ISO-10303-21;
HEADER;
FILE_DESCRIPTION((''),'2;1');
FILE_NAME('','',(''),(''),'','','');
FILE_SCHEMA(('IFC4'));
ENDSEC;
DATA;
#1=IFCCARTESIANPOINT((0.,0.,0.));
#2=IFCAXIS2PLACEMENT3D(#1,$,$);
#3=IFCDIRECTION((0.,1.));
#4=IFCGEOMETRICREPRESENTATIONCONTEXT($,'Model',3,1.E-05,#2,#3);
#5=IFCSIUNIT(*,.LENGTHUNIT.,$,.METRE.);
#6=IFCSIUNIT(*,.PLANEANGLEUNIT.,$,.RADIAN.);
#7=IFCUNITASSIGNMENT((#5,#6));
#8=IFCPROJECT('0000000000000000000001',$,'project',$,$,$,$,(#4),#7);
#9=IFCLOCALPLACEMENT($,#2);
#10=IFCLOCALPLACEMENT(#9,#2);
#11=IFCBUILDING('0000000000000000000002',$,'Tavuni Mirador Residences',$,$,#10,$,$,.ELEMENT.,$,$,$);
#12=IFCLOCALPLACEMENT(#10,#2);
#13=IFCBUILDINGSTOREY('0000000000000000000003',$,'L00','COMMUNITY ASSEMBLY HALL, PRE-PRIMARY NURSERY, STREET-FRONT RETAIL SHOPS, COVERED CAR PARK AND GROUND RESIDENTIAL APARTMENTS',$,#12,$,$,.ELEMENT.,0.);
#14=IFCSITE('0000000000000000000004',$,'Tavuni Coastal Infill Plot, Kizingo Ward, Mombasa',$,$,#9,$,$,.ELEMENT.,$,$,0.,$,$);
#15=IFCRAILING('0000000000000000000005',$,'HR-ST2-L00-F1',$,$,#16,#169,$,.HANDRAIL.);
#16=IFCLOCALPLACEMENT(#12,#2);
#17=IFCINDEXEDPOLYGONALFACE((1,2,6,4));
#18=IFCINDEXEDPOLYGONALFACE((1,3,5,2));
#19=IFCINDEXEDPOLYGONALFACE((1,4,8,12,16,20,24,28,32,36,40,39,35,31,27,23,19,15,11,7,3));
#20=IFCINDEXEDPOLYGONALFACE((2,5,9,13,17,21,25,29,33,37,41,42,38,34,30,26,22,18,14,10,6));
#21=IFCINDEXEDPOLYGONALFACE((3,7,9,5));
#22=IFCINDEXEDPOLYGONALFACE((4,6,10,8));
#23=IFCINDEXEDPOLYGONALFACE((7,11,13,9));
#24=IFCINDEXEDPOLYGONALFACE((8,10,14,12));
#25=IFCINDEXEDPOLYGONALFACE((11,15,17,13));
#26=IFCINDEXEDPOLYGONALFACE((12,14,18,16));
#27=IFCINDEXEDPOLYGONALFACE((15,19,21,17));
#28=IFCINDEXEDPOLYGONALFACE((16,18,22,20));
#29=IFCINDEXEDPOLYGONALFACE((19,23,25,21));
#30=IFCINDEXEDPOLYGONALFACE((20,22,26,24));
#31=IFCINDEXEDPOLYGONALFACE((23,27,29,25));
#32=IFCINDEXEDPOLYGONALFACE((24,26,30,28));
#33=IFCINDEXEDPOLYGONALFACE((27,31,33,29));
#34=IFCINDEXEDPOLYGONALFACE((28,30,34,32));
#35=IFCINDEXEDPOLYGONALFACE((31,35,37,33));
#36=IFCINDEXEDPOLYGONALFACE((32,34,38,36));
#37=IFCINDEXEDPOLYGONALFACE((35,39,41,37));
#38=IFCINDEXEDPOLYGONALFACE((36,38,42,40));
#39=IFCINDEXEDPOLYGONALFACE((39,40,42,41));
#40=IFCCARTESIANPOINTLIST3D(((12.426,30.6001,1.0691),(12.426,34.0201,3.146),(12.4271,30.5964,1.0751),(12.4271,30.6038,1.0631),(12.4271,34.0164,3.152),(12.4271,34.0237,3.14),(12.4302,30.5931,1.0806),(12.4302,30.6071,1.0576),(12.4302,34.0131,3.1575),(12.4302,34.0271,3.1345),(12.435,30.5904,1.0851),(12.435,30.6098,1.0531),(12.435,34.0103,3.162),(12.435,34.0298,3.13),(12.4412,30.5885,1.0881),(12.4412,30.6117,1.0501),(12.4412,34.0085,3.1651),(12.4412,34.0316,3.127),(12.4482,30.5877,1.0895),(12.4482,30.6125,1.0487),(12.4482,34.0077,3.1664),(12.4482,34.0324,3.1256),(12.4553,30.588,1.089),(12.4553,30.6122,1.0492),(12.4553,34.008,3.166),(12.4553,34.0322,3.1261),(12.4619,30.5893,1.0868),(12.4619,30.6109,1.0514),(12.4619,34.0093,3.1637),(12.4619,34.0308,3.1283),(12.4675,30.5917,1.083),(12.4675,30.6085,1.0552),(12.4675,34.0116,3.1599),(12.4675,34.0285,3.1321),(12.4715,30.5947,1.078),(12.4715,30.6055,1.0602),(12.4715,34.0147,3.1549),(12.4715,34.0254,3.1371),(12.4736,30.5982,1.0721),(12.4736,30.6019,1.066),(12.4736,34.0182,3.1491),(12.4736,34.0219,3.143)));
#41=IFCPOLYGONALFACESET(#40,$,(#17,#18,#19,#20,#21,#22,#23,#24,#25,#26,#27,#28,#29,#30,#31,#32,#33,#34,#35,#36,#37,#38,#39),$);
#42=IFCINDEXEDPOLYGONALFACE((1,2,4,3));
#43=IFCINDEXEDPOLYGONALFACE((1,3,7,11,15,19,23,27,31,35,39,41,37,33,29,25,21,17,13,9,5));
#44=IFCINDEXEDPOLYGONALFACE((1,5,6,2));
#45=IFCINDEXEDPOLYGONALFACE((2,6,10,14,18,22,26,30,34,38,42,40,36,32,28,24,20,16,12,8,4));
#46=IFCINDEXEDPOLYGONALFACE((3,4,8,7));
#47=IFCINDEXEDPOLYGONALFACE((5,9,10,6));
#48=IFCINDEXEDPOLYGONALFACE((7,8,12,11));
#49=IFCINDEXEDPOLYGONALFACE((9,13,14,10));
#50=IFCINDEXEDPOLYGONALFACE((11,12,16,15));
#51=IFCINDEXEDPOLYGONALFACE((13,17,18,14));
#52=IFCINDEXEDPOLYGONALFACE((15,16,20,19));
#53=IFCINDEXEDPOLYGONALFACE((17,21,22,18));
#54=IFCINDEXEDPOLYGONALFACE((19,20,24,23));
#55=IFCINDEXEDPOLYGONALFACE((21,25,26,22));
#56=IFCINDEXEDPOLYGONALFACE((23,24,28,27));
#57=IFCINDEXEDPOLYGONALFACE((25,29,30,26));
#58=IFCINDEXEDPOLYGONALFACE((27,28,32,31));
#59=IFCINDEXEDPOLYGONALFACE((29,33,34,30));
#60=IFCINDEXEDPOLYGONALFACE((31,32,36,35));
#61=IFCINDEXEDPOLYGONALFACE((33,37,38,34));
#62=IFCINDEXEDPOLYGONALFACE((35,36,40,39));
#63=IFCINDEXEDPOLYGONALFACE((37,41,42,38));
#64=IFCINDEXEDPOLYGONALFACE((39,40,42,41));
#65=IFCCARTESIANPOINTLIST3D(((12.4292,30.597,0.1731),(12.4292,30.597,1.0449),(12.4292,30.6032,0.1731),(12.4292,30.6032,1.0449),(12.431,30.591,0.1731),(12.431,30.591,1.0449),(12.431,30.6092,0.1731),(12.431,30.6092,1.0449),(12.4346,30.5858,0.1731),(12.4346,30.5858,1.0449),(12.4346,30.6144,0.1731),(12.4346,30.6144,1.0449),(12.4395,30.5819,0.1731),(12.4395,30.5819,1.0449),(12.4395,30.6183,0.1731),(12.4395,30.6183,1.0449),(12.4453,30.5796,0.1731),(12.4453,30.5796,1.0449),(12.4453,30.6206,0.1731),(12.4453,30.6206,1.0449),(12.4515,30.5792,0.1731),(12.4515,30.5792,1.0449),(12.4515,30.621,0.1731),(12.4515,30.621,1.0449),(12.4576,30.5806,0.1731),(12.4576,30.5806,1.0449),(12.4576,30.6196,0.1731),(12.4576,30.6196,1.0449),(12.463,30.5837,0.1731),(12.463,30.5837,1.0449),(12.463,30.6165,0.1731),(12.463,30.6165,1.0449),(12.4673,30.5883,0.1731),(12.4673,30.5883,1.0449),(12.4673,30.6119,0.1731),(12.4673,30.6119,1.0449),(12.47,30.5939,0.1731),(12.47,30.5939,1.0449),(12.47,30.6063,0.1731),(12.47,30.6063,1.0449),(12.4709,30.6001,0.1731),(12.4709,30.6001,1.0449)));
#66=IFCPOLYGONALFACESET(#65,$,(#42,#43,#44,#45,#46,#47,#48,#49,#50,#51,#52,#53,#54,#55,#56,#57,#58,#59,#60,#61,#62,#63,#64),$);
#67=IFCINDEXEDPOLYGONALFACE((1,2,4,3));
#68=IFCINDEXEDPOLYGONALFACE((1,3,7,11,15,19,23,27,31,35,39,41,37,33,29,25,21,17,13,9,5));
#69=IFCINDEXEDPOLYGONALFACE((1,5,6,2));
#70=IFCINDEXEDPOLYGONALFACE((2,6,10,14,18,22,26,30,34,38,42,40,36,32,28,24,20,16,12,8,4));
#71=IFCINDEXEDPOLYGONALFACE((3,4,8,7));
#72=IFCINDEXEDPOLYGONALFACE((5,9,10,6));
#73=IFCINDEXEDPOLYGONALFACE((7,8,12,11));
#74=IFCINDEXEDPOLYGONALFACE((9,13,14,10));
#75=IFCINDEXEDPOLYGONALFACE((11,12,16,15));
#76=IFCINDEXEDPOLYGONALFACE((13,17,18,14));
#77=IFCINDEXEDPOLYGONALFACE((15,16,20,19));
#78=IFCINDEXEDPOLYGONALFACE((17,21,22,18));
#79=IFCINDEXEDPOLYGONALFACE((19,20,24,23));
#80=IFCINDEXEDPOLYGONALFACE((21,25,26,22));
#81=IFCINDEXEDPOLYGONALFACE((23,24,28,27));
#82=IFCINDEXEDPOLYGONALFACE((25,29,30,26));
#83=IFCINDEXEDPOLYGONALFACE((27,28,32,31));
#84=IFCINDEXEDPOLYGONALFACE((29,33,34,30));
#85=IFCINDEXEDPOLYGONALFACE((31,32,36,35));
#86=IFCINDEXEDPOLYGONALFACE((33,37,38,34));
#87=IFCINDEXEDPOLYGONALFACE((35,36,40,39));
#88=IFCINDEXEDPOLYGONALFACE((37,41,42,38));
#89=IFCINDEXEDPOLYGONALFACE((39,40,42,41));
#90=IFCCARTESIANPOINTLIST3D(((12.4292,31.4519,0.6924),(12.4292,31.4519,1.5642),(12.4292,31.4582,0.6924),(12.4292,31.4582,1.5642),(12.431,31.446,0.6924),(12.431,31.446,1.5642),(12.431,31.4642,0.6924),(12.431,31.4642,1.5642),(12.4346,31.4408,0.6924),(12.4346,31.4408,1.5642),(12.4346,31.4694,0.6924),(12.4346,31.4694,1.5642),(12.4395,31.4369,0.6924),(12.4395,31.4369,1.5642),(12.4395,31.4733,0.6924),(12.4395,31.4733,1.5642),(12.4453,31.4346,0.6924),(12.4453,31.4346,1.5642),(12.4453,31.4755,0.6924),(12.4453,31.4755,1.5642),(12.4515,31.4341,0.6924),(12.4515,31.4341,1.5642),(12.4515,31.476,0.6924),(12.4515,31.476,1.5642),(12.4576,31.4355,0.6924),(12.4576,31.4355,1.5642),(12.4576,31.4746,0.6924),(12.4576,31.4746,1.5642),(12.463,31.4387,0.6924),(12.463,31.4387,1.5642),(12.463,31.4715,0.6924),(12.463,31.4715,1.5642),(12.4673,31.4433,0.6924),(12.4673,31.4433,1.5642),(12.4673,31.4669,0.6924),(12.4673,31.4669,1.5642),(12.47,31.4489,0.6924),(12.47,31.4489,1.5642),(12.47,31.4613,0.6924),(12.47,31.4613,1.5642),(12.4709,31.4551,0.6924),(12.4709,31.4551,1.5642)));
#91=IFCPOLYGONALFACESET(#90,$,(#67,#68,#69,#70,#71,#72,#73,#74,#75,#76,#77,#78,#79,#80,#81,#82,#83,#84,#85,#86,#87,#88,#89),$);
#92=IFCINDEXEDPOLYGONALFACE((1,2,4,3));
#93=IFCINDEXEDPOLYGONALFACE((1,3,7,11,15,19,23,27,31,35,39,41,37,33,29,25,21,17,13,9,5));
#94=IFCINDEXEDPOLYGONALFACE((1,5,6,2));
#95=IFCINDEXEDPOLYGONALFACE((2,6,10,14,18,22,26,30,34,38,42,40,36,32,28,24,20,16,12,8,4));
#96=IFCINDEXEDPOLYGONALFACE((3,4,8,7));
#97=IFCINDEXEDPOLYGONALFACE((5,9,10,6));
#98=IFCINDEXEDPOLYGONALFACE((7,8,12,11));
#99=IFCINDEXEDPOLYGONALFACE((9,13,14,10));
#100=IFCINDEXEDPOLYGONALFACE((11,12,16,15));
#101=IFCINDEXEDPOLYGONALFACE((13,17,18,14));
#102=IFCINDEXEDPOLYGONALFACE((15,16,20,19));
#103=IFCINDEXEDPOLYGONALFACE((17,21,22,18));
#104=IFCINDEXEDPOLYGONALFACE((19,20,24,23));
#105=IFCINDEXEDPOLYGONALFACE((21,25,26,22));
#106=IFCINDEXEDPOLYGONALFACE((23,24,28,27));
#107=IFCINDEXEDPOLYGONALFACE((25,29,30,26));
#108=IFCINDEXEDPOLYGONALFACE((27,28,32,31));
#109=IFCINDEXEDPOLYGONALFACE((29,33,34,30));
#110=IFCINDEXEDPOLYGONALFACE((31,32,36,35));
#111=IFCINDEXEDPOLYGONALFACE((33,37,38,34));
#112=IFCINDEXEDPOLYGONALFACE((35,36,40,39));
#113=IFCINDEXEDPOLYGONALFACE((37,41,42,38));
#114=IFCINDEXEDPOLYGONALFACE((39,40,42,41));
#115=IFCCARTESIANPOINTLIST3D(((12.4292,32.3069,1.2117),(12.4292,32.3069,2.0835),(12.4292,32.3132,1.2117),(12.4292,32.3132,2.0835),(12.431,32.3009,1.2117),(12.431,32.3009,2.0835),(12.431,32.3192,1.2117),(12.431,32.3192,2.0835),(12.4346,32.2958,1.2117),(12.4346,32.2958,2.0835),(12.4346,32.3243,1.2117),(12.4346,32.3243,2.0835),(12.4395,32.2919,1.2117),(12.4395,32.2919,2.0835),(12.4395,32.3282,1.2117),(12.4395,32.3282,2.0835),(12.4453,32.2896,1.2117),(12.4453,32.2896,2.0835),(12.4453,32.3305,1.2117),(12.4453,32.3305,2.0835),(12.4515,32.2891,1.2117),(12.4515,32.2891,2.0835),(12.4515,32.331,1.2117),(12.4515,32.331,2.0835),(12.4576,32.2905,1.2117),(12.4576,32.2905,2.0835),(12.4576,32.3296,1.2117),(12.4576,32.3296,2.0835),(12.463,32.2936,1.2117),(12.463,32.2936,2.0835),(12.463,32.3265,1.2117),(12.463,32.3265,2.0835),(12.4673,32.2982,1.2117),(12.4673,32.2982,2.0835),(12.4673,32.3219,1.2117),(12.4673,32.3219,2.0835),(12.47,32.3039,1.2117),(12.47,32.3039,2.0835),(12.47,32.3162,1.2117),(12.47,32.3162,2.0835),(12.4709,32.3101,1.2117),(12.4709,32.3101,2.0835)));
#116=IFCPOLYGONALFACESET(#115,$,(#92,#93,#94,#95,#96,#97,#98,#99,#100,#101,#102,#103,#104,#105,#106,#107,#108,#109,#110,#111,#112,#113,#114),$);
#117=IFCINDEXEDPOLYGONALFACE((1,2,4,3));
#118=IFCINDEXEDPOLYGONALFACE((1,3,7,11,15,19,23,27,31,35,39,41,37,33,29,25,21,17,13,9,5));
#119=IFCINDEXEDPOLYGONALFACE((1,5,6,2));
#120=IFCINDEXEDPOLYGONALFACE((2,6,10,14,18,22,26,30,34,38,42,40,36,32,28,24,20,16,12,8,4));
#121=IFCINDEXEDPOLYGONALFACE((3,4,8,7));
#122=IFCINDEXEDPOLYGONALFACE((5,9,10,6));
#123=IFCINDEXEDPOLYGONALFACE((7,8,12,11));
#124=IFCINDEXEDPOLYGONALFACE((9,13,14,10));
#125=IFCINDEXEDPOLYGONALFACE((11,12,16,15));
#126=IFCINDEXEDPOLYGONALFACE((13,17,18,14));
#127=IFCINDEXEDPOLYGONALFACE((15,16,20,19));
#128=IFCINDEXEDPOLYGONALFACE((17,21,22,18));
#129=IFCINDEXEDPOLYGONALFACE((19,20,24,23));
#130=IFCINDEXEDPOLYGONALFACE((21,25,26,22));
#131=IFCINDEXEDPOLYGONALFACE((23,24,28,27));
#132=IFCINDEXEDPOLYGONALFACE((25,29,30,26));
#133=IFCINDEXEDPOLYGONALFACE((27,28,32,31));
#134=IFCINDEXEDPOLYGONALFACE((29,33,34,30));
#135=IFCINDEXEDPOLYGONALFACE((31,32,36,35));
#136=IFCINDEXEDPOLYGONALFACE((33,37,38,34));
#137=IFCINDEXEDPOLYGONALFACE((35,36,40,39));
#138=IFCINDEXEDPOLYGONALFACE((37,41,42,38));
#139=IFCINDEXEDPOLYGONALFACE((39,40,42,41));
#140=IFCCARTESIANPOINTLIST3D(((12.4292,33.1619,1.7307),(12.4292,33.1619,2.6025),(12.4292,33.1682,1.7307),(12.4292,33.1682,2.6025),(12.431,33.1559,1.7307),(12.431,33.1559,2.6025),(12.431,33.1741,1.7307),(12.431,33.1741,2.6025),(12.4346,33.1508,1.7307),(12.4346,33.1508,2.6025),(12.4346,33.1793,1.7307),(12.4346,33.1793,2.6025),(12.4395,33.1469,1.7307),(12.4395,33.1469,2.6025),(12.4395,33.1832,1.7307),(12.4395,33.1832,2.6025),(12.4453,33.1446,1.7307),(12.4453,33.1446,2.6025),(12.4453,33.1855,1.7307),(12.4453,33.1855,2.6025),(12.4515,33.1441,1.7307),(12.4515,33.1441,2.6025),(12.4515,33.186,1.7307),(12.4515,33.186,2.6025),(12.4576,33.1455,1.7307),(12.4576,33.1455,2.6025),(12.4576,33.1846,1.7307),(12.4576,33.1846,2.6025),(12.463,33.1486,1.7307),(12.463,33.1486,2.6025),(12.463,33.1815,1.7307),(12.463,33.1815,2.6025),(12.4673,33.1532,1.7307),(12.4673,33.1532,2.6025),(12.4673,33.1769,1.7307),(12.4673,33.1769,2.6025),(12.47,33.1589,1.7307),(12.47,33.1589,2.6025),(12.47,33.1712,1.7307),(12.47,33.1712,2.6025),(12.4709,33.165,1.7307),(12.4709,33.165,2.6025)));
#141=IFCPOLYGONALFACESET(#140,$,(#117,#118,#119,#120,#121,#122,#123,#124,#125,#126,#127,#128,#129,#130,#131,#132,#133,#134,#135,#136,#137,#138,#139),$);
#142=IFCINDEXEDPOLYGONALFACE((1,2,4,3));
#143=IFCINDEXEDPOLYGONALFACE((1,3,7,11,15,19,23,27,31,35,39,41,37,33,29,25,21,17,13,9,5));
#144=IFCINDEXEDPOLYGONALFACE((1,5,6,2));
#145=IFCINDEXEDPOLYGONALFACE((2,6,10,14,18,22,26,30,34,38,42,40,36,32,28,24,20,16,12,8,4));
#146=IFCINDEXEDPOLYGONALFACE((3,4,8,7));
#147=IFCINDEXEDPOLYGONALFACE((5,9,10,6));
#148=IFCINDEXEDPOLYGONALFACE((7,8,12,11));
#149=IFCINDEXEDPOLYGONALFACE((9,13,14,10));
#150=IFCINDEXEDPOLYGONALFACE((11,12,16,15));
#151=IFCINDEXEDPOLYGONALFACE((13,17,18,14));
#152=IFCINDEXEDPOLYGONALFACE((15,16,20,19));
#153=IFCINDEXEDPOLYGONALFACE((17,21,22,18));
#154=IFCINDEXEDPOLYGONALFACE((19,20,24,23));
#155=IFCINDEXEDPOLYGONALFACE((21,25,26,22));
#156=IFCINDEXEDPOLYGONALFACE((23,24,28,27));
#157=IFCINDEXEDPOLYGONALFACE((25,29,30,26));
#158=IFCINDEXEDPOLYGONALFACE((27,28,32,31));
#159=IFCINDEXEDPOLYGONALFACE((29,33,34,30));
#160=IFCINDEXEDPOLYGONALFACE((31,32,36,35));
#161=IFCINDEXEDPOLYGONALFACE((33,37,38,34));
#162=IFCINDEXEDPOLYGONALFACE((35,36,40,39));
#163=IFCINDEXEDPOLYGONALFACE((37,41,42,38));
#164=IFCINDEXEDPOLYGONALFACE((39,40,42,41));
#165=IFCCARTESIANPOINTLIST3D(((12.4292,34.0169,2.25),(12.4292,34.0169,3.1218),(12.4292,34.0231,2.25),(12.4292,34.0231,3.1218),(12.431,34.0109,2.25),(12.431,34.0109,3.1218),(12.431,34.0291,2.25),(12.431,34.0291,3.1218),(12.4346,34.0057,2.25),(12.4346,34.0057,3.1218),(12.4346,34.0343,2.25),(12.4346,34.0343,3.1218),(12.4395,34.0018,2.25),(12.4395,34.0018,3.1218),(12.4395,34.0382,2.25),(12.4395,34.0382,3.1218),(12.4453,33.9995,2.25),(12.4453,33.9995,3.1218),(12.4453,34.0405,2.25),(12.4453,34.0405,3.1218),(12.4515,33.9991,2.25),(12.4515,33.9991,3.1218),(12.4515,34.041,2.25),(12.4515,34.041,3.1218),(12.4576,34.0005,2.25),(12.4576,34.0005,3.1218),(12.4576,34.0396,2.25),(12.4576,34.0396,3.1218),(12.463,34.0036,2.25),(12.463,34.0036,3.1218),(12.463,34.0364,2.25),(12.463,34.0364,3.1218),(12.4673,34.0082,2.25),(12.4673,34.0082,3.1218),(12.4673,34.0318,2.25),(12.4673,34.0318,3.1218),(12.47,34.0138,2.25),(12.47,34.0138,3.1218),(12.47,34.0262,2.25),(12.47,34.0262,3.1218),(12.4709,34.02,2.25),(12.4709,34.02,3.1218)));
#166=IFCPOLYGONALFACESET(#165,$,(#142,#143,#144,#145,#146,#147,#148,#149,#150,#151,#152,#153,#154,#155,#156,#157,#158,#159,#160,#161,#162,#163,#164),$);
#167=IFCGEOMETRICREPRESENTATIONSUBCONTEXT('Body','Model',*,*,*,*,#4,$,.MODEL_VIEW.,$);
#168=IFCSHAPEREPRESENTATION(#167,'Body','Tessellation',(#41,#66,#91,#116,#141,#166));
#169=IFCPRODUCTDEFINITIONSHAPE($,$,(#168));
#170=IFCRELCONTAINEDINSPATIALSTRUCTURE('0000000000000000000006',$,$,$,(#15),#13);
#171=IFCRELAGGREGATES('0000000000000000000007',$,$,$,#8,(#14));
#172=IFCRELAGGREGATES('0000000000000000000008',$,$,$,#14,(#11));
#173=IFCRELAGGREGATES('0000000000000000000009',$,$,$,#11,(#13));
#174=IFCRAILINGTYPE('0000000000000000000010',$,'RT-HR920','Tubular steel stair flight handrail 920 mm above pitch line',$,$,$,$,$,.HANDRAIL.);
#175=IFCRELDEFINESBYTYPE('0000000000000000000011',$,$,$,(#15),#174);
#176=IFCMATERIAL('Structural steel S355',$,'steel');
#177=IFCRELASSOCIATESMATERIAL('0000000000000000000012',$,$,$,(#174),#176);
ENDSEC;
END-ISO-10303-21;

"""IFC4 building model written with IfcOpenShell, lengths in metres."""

from ifc_helpers import new_model, si_unit, direction, frame, origin, origin_2d, place, context, subcontext, project, spatial, circle, extrude, material, type_object, element, save


model = new_model("IFC4")

# Units and contexts
model_context = context("Model", 3, precision=1e-05, world=origin(), true_north=direction((0.0, 1.0)))
body_context = subcontext(model_context, "Body", "Model", "MODEL_VIEW")
ifc_project = project(units=[si_unit("LENGTHUNIT", "METRE"), si_unit("PLANEANGLEUNIT", "RADIAN")], contexts=[model_context])

# Site, building, storey
site_placement = place(None, origin())
site = spatial("IfcSite", under=ifc_project, at=site_placement, Name="Tavuni Coastal Infill Plot, Kizingo Ward, Mombasa", CompositionType="ELEMENT", RefElevation=0.0)
building_placement = place(site_placement, origin())
building = spatial("IfcBuilding", under=site, at=building_placement, Name="Tavuni Mirador Residences", CompositionType="ELEMENT")
storey_placement = place(building_placement, origin())
storey = spatial("IfcBuildingStorey", under=building, at=storey_placement, Name="L00", Description="COMMUNITY ASSEMBLY HALL, PRE-PRIMARY NURSERY, STREET-FRONT RETAIL SHOPS, COVERED CAR PARK AND GROUND RESIDENTIAL APARTMENTS", CompositionType="ELEMENT", Elevation=0.0)

# Shared definitions
ifc_material_1 = material(Name="Structural steel S355", Category="steel")

# Railing
railing_type_1 = type_object("IfcRailingType", Name="RT-HR920", Description="Tubular steel stair flight handrail 920 mm above pitch line", PredefinedType="HANDRAIL", material=ifc_material_1)
railing_1_placement = place(storey_placement, frame((12.45, 30.6001, 0.1731)))
element("IfcRailing", 1, at=railing_1_placement, inside=storey, type_object=railing_type_1, Name="HR-ST2-L00-F1", PredefinedType="HANDRAIL", context=body_context, shape_type="SweptSolid", body=[
    extrude(circle(Radius=0.0239, at=origin_2d()), frame((0.0, 0.0, 0.896), z_axis=(0.0, 0.85473, 0.519074), x_axis=(-1.0, 0.0, 0.0)), (0.0, 0.0, 1.0), 4.0012),
    extrude(circle(Radius=0.021, at=origin_2d()), origin(), (0.0, 0.0, 1.0), 0.8718),
    extrude(circle(Radius=0.021, at=origin_2d()), frame((0.0, 0.855, 0.5193)), (0.0, 0.0, 1.0), 0.8718),
    extrude(circle(Radius=0.021, at=origin_2d()), frame((0.0, 1.71, 1.0386)), (0.0, 0.0, 1.0), 0.8718),
    extrude(circle(Radius=0.021, at=origin_2d()), frame((0.0, 2.5649, 1.5576)), (0.0, 0.0, 1.0), 0.8718),
    extrude(circle(Radius=0.021, at=origin_2d()), frame((0.0, 3.4199, 2.0769)), (0.0, 0.0, 1.0), 0.8718),
])

save(model, "model.ifc")
